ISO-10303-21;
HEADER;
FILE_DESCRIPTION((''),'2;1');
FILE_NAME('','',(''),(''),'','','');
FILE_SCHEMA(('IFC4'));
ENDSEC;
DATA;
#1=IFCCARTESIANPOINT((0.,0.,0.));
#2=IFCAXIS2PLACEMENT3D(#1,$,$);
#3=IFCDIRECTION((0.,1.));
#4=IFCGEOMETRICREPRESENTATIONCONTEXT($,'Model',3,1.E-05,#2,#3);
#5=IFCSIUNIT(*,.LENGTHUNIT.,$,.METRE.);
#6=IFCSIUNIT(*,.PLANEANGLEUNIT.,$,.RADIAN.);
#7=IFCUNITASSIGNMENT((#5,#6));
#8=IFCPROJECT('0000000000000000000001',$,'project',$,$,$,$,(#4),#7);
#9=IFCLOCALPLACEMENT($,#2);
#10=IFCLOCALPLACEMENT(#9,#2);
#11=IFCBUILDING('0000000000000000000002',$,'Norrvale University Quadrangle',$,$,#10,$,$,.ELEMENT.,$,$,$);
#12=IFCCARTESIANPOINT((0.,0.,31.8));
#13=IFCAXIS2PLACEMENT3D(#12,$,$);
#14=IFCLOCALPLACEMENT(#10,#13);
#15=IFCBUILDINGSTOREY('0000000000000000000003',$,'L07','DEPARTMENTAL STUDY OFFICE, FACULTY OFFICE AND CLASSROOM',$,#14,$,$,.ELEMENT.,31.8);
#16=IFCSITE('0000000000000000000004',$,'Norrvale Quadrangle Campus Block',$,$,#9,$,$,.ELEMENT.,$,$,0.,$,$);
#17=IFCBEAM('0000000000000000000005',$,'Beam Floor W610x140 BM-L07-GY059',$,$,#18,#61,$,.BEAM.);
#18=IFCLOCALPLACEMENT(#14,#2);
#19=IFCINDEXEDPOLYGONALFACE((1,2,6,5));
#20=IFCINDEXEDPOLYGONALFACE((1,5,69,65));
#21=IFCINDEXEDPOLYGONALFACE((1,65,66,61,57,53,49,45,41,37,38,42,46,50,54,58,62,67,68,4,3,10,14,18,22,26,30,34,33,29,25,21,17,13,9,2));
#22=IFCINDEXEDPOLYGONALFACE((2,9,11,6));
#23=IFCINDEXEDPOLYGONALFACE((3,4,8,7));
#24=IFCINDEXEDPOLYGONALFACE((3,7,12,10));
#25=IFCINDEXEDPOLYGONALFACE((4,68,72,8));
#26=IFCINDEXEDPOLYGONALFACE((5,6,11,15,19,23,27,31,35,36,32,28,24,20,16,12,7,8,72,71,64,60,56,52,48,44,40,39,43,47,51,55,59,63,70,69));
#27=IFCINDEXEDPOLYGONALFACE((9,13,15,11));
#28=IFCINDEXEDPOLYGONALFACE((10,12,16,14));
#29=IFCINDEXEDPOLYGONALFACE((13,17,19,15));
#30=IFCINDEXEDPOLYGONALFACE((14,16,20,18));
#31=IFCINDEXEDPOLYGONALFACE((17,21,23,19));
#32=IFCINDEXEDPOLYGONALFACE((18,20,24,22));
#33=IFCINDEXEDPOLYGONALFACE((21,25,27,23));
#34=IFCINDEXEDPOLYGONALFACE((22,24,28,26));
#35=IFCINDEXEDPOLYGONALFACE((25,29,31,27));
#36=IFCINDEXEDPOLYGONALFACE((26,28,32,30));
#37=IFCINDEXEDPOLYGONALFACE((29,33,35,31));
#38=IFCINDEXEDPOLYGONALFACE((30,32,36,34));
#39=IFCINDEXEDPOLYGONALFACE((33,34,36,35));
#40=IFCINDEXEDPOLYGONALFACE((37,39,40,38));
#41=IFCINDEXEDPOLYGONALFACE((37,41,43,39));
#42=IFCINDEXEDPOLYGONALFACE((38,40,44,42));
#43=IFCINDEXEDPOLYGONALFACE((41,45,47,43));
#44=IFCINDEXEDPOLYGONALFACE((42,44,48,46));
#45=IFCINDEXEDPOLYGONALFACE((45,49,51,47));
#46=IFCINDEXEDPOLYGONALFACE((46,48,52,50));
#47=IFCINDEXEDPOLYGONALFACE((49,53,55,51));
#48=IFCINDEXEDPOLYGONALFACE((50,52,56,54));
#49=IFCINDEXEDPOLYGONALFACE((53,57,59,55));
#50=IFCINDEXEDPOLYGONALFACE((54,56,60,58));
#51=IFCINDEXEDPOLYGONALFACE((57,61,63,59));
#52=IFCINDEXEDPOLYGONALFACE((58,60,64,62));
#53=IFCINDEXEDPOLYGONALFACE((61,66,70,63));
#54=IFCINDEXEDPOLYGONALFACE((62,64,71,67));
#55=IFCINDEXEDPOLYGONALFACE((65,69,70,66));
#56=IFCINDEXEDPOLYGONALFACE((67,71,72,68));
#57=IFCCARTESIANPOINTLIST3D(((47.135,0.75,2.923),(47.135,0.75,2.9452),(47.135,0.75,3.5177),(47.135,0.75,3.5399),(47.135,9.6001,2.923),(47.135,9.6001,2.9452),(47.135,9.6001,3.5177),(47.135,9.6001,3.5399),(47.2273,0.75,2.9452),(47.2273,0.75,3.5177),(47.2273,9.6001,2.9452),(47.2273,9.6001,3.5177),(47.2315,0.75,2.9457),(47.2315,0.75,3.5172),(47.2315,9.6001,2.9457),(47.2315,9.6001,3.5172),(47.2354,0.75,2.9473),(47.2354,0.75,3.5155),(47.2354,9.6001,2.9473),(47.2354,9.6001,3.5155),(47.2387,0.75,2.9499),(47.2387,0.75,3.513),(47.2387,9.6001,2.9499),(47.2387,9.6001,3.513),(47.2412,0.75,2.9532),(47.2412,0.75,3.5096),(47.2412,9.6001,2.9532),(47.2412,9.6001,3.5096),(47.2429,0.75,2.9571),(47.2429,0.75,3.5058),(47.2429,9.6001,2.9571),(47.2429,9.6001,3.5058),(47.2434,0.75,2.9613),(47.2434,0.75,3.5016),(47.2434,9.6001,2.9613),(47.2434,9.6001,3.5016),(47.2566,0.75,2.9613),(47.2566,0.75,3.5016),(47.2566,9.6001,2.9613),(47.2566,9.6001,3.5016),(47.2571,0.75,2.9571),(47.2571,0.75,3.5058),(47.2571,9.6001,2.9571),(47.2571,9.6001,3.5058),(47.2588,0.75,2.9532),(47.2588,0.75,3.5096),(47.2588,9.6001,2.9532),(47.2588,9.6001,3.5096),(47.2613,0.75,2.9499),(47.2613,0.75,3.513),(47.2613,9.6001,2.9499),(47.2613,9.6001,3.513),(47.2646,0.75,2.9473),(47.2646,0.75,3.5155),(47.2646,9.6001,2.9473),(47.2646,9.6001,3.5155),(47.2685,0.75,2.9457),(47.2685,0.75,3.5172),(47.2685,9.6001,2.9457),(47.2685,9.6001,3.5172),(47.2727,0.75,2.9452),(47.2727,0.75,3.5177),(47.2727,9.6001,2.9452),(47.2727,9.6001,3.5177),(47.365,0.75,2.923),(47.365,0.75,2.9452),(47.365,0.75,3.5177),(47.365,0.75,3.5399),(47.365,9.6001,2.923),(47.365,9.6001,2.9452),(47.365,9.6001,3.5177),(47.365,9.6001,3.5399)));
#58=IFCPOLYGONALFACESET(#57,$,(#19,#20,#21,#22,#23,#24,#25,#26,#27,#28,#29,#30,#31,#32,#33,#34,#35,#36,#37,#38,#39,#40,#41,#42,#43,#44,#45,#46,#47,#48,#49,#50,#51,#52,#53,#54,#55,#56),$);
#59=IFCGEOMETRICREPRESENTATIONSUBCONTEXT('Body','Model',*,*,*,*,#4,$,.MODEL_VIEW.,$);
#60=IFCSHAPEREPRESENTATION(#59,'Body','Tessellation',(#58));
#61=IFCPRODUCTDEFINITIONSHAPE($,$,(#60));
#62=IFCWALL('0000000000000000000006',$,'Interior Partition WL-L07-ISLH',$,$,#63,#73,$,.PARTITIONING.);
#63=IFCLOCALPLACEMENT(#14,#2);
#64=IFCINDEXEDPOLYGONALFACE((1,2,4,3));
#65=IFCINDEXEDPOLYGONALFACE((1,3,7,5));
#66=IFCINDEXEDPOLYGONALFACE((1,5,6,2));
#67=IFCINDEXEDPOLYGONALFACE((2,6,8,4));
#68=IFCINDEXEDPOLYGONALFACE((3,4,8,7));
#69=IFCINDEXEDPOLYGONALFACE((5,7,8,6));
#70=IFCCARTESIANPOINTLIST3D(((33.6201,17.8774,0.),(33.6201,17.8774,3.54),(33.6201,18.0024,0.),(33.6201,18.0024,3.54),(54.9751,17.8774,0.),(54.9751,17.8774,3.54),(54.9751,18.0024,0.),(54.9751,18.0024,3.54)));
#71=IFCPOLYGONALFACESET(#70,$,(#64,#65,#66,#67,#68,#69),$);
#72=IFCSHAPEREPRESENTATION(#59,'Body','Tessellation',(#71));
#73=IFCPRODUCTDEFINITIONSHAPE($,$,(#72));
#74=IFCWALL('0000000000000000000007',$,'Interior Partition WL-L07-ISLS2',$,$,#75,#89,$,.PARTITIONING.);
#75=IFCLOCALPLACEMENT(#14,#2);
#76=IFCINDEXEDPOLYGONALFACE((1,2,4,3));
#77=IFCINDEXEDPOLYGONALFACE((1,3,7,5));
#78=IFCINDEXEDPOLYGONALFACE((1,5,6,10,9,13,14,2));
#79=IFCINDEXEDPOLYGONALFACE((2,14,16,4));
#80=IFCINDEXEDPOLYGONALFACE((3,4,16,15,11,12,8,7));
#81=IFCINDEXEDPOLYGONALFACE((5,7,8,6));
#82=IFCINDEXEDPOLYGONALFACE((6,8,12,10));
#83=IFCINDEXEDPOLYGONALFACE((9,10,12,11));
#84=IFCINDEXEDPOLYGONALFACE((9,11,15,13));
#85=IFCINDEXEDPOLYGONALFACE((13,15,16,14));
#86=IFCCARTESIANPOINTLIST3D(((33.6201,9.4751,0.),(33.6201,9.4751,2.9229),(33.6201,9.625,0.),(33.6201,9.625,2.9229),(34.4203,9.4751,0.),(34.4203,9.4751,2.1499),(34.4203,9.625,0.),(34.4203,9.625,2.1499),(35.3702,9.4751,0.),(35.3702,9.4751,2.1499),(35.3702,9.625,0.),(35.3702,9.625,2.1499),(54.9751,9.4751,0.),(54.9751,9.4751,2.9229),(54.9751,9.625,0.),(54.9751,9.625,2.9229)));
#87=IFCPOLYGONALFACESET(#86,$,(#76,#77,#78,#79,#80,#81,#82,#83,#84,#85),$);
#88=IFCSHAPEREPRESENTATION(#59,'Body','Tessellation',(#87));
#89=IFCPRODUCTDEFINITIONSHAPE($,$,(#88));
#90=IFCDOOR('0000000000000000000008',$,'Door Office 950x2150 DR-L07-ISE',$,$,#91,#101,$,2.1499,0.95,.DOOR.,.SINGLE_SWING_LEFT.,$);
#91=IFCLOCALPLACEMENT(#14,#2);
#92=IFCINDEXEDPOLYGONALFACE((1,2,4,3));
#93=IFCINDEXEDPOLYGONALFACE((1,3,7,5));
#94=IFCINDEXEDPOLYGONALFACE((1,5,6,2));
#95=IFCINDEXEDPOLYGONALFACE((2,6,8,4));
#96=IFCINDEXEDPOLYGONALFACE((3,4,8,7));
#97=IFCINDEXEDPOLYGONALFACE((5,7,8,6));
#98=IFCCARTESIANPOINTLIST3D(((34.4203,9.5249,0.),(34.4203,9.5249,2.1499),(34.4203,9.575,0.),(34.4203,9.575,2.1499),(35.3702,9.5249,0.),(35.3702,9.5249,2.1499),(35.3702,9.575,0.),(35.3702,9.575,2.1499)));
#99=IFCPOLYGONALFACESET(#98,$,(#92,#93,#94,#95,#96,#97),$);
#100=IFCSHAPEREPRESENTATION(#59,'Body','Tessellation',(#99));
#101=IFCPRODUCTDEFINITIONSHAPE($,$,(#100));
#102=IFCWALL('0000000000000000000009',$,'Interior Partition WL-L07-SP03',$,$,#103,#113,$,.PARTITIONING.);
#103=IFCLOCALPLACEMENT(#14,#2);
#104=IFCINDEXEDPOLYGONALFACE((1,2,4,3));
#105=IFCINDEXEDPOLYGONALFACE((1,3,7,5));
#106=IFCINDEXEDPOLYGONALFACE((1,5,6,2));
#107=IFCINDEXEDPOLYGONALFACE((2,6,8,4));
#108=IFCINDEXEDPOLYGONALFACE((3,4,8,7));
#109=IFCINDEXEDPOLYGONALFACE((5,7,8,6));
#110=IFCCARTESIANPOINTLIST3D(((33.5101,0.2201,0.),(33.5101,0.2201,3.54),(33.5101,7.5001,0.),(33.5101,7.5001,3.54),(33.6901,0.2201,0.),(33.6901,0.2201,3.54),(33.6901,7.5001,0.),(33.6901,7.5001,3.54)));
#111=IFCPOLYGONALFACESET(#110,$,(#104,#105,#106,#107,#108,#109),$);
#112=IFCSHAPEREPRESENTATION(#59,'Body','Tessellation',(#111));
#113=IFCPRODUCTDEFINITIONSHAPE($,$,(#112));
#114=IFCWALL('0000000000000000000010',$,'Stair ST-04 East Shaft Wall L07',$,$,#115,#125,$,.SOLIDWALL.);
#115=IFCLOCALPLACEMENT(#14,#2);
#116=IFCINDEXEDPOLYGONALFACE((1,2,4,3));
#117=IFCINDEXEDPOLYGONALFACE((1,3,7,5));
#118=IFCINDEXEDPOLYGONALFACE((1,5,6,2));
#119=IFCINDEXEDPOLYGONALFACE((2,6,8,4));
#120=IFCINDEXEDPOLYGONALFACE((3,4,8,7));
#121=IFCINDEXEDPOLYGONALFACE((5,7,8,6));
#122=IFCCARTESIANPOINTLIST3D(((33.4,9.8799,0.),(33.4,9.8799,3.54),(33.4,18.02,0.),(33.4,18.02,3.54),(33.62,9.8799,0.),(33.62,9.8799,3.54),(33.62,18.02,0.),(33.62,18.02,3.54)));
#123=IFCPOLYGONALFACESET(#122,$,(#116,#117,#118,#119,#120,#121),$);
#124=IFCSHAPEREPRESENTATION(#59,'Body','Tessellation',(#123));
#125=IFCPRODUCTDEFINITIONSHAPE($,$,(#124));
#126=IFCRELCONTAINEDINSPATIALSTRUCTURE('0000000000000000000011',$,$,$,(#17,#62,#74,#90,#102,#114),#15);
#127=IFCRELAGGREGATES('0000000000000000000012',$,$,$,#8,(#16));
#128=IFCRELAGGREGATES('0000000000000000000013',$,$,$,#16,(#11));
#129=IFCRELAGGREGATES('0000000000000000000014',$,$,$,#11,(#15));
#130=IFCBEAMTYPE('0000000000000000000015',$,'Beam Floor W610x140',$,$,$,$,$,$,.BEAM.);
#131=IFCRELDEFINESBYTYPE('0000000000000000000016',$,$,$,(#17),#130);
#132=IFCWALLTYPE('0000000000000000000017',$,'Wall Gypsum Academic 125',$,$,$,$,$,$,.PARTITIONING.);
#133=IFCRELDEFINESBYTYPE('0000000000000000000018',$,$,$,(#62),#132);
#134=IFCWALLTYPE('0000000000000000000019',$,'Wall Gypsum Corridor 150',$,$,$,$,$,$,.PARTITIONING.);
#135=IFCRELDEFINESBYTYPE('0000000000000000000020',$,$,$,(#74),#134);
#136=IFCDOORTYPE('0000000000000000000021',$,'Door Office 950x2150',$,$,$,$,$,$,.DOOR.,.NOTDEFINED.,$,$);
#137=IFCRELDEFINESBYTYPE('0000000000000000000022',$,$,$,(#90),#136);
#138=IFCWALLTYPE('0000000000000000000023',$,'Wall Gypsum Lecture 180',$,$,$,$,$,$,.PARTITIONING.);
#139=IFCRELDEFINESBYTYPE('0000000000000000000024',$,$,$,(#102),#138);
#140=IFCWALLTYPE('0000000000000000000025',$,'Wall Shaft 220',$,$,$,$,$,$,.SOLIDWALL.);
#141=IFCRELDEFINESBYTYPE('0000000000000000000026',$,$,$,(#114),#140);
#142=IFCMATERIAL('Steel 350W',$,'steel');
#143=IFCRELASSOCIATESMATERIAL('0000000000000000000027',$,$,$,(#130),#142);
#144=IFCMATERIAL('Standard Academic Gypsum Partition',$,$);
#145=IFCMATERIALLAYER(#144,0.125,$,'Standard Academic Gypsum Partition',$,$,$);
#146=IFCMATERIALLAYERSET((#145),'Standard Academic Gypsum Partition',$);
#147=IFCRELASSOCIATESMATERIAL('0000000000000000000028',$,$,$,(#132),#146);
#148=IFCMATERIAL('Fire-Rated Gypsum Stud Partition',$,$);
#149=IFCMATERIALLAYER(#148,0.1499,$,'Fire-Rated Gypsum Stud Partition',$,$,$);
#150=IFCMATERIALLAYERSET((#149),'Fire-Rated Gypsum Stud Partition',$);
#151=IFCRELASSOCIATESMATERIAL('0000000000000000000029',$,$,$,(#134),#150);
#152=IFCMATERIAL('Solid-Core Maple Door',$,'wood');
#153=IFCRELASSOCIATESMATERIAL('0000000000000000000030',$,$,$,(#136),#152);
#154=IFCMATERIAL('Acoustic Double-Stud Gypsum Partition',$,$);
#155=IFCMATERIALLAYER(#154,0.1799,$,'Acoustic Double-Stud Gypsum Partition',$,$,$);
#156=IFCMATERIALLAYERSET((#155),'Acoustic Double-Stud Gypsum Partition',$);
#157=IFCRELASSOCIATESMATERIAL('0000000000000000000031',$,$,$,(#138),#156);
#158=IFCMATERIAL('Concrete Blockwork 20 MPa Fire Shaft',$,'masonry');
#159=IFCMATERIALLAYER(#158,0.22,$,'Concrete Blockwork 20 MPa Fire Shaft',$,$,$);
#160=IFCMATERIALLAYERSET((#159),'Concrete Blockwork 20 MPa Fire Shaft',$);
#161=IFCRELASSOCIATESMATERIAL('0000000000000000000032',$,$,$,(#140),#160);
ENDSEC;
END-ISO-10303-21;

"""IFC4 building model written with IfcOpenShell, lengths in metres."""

from ifc_helpers import new_model, si_unit, direction, frame, frame_2d, origin, origin_2d, place, context, subcontext, project, spatial, rectangle, i_section, extrude, material, layer, layer_set, material_profile, profile_set, type_object, element, fill, save


model = new_model("IFC4")

# Units and contexts
model_context = context("Model", 3, precision=1e-05, world=origin(), true_north=direction((0.0, 1.0)))
body_context = subcontext(model_context, "Body", "Model", "MODEL_VIEW")
ifc_project = project(units=[si_unit("LENGTHUNIT", "METRE"), si_unit("PLANEANGLEUNIT", "RADIAN")], contexts=[model_context])

# Site, building, storey
site_placement = place(None, origin())
site = spatial("IfcSite", under=ifc_project, at=site_placement, Name="Norrvale Quadrangle Campus Block", CompositionType="ELEMENT", RefElevation=0.0)
building_placement = place(site_placement, origin())
building = spatial("IfcBuilding", under=site, at=building_placement, Name="Norrvale University Quadrangle", CompositionType="ELEMENT")
storey_placement = place(building_placement, frame((0.0, 0.0, 31.8)))
storey = spatial("IfcBuildingStorey", under=building, at=storey_placement, Name="L07", Description="DEPARTMENTAL STUDY OFFICE, FACULTY OFFICE AND CLASSROOM", CompositionType="ELEMENT", Elevation=31.8)

# Beam
ifc_material_1 = material(Name="Steel 350W", Category="steel")
ifc_material_profile_1 = material_profile(ifc_material_1, i_section(OverallWidth=0.23, OverallDepth=0.6169, WebThickness=0.0132, FlangeThickness=0.0222, FilletRadius=0.0161, at=origin_2d()), Name="Steel 350W")
ifc_profile_set_1 = profile_set([ifc_material_profile_1], Name="Steel 350W")
beam_type_1 = type_object("IfcBeamType", Name="Beam Floor W610x140", PredefinedType="BEAM", material=ifc_profile_set_1)
beam_1_placement = place(storey_placement, frame((47.25, 0.75, 3.2314), z_axis=(0.0, 1.0, 0.0), x_axis=(-1.0, 0.0, 0.0)))
element("IfcBeam", 1, at=beam_1_placement, inside=storey, type_object=beam_type_1, Name="Beam Floor W610x140 BM-L07-GY059", PredefinedType="BEAM", context=body_context, shape_type="SweptSolid", body=[
    extrude(i_section(OverallWidth=0.23, OverallDepth=0.6169, WebThickness=0.0132, FlangeThickness=0.0222, FilletRadius=0.0161, at=origin_2d()), origin(), (0.0, 0.0, 1.0), 8.8501),
])

# Wall
ifc_material_2 = material(Name="Standard Academic Gypsum Partition")
ifc_layer_1 = layer(ifc_material_2, 0.125, Name="Standard Academic Gypsum Partition")
ifc_layer_set_1 = layer_set([ifc_layer_1], Name="Standard Academic Gypsum Partition")
wall_type_1 = type_object("IfcWallType", Name="Wall Gypsum Academic 125", PredefinedType="PARTITIONING", material=ifc_layer_set_1)
wall_1_placement = place(storey_placement, frame((33.6201, 17.9399, 0.0), z_axis=(0.0, 0.0, 1.0), x_axis=(1.0, 0.0, 0.0)))
element("IfcWall", 2, at=wall_1_placement, inside=storey, type_object=wall_type_1, Name="Interior Partition WL-L07-ISLH", PredefinedType="PARTITIONING", context=body_context, shape_type="SweptSolid", body=[
    extrude(rectangle(XDim=21.355, YDim=0.125, at=frame_2d((10.6775, 0.0))), origin(), (0.0, 0.0, 1.0), 3.54),
])

# Wall, opening, door
ifc_material_3 = material(Name="Fire-Rated Gypsum Stud Partition")
ifc_layer_2 = layer(ifc_material_3, 0.1499, Name="Fire-Rated Gypsum Stud Partition")
ifc_layer_set_2 = layer_set([ifc_layer_2], Name="Fire-Rated Gypsum Stud Partition")
wall_type_2 = type_object("IfcWallType", Name="Wall Gypsum Corridor 150", PredefinedType="PARTITIONING", material=ifc_layer_set_2)
wall_2_placement = place(storey_placement, frame((33.6201, 9.55, 0.0), z_axis=(0.0, 0.0, 1.0), x_axis=(1.0, 0.0, 0.0)))
wall_2 = element("IfcWall", 3, at=wall_2_placement, inside=storey, type_object=wall_type_2, Name="Interior Partition WL-L07-ISLS2", PredefinedType="PARTITIONING", context=body_context, shape_type="SweptSolid", body=[
    extrude(rectangle(XDim=21.355, YDim=0.1499, at=frame_2d((10.6775, 0.0))), origin(), (0.0, 0.0, 1.0), 2.9229),
])
opening_placement = place(wall_2_placement, frame((0.8, 0.0, 0.0)))
opening = element("IfcOpeningElement", 4, at=opening_placement, cuts=wall_2, PredefinedType="OPENING", context=body_context, shape_type="SweptSolid", body=[
    extrude(rectangle(XDim=0.95, YDim=2.1499, at=frame_2d((0.4751, 1.075))), frame((0.0, 0.0869, 0.0), z_axis=(0.0, -1.0, 0.0), x_axis=(1.0, 0.0, 0.0)), (0.0, 0.0, 1.0), 0.1738),
])
ifc_material_4 = material(Name="Solid-Core Maple Door", Category="wood")
door_type = type_object("IfcDoorType", Name="Door Office 950x2150", OperationType="NOTDEFINED", PredefinedType="DOOR", material=ifc_material_4)
door_placement = place(opening_placement, origin())
door = element("IfcDoor", 5, at=door_placement, inside=storey, type_object=door_type, Name="Door Office 950x2150 DR-L07-ISE", OperationType="SINGLE_SWING_LEFT", OverallHeight=2.1499, OverallWidth=0.95, PredefinedType="DOOR", context=body_context, shape_type="SweptSolid", body=[
    extrude(rectangle(XDim=0.95, YDim=2.1499, at=frame_2d((0.4751, 1.075))), frame((0.0, 0.0249, 0.0), z_axis=(0.0, -1.0, 0.0), x_axis=(1.0, 0.0, 0.0)), (0.0, 0.0, 1.0), 0.05),
])
fill(opening, door)

# Walls
ifc_material_5 = material(Name="Acoustic Double-Stud Gypsum Partition")
ifc_layer_3 = layer(ifc_material_5, 0.1799, Name="Acoustic Double-Stud Gypsum Partition")
ifc_layer_set_3 = layer_set([ifc_layer_3], Name="Acoustic Double-Stud Gypsum Partition")
wall_type_3 = type_object("IfcWallType", Name="Wall Gypsum Lecture 180", PredefinedType="PARTITIONING", material=ifc_layer_set_3)
wall_3_placement = place(storey_placement, frame((33.6001, 0.22, 0.0), z_axis=(0.0, 0.0, 1.0), x_axis=(0.0, 1.0, 0.0)))
element("IfcWall", 6, at=wall_3_placement, inside=storey, type_object=wall_type_3, Name="Interior Partition WL-L07-SP03", PredefinedType="PARTITIONING", context=body_context, shape_type="SweptSolid", body=[
    extrude(rectangle(XDim=7.28, YDim=0.1799, at=frame_2d((3.6401, 0.0))), origin(), (0.0, 0.0, 1.0), 3.54),
])
ifc_material_6 = material(Name="Concrete Blockwork 20 MPa Fire Shaft", Category="masonry")
ifc_layer_4 = layer(ifc_material_6, 0.22, Name="Concrete Blockwork 20 MPa Fire Shaft")
ifc_layer_set_4 = layer_set([ifc_layer_4], Name="Concrete Blockwork 20 MPa Fire Shaft")
wall_type_4 = type_object("IfcWallType", Name="Wall Shaft 220", PredefinedType="SOLIDWALL", material=ifc_layer_set_4)
wall_4_placement = place(storey_placement, frame((33.51, 9.8799, 0.0), z_axis=(0.0, 0.0, 1.0), x_axis=(0.0, 1.0, 0.0)))
element("IfcWall", 7, at=wall_4_placement, inside=storey, type_object=wall_type_4, Name="Stair ST-04 East Shaft Wall L07", PredefinedType="SOLIDWALL", context=body_context, shape_type="SweptSolid", body=[
    extrude(rectangle(XDim=8.1401, YDim=0.22, at=frame_2d((4.0701, 0.0))), origin(), (0.0, 0.0, 1.0), 3.54),
])

save(model, "model.ifc")
